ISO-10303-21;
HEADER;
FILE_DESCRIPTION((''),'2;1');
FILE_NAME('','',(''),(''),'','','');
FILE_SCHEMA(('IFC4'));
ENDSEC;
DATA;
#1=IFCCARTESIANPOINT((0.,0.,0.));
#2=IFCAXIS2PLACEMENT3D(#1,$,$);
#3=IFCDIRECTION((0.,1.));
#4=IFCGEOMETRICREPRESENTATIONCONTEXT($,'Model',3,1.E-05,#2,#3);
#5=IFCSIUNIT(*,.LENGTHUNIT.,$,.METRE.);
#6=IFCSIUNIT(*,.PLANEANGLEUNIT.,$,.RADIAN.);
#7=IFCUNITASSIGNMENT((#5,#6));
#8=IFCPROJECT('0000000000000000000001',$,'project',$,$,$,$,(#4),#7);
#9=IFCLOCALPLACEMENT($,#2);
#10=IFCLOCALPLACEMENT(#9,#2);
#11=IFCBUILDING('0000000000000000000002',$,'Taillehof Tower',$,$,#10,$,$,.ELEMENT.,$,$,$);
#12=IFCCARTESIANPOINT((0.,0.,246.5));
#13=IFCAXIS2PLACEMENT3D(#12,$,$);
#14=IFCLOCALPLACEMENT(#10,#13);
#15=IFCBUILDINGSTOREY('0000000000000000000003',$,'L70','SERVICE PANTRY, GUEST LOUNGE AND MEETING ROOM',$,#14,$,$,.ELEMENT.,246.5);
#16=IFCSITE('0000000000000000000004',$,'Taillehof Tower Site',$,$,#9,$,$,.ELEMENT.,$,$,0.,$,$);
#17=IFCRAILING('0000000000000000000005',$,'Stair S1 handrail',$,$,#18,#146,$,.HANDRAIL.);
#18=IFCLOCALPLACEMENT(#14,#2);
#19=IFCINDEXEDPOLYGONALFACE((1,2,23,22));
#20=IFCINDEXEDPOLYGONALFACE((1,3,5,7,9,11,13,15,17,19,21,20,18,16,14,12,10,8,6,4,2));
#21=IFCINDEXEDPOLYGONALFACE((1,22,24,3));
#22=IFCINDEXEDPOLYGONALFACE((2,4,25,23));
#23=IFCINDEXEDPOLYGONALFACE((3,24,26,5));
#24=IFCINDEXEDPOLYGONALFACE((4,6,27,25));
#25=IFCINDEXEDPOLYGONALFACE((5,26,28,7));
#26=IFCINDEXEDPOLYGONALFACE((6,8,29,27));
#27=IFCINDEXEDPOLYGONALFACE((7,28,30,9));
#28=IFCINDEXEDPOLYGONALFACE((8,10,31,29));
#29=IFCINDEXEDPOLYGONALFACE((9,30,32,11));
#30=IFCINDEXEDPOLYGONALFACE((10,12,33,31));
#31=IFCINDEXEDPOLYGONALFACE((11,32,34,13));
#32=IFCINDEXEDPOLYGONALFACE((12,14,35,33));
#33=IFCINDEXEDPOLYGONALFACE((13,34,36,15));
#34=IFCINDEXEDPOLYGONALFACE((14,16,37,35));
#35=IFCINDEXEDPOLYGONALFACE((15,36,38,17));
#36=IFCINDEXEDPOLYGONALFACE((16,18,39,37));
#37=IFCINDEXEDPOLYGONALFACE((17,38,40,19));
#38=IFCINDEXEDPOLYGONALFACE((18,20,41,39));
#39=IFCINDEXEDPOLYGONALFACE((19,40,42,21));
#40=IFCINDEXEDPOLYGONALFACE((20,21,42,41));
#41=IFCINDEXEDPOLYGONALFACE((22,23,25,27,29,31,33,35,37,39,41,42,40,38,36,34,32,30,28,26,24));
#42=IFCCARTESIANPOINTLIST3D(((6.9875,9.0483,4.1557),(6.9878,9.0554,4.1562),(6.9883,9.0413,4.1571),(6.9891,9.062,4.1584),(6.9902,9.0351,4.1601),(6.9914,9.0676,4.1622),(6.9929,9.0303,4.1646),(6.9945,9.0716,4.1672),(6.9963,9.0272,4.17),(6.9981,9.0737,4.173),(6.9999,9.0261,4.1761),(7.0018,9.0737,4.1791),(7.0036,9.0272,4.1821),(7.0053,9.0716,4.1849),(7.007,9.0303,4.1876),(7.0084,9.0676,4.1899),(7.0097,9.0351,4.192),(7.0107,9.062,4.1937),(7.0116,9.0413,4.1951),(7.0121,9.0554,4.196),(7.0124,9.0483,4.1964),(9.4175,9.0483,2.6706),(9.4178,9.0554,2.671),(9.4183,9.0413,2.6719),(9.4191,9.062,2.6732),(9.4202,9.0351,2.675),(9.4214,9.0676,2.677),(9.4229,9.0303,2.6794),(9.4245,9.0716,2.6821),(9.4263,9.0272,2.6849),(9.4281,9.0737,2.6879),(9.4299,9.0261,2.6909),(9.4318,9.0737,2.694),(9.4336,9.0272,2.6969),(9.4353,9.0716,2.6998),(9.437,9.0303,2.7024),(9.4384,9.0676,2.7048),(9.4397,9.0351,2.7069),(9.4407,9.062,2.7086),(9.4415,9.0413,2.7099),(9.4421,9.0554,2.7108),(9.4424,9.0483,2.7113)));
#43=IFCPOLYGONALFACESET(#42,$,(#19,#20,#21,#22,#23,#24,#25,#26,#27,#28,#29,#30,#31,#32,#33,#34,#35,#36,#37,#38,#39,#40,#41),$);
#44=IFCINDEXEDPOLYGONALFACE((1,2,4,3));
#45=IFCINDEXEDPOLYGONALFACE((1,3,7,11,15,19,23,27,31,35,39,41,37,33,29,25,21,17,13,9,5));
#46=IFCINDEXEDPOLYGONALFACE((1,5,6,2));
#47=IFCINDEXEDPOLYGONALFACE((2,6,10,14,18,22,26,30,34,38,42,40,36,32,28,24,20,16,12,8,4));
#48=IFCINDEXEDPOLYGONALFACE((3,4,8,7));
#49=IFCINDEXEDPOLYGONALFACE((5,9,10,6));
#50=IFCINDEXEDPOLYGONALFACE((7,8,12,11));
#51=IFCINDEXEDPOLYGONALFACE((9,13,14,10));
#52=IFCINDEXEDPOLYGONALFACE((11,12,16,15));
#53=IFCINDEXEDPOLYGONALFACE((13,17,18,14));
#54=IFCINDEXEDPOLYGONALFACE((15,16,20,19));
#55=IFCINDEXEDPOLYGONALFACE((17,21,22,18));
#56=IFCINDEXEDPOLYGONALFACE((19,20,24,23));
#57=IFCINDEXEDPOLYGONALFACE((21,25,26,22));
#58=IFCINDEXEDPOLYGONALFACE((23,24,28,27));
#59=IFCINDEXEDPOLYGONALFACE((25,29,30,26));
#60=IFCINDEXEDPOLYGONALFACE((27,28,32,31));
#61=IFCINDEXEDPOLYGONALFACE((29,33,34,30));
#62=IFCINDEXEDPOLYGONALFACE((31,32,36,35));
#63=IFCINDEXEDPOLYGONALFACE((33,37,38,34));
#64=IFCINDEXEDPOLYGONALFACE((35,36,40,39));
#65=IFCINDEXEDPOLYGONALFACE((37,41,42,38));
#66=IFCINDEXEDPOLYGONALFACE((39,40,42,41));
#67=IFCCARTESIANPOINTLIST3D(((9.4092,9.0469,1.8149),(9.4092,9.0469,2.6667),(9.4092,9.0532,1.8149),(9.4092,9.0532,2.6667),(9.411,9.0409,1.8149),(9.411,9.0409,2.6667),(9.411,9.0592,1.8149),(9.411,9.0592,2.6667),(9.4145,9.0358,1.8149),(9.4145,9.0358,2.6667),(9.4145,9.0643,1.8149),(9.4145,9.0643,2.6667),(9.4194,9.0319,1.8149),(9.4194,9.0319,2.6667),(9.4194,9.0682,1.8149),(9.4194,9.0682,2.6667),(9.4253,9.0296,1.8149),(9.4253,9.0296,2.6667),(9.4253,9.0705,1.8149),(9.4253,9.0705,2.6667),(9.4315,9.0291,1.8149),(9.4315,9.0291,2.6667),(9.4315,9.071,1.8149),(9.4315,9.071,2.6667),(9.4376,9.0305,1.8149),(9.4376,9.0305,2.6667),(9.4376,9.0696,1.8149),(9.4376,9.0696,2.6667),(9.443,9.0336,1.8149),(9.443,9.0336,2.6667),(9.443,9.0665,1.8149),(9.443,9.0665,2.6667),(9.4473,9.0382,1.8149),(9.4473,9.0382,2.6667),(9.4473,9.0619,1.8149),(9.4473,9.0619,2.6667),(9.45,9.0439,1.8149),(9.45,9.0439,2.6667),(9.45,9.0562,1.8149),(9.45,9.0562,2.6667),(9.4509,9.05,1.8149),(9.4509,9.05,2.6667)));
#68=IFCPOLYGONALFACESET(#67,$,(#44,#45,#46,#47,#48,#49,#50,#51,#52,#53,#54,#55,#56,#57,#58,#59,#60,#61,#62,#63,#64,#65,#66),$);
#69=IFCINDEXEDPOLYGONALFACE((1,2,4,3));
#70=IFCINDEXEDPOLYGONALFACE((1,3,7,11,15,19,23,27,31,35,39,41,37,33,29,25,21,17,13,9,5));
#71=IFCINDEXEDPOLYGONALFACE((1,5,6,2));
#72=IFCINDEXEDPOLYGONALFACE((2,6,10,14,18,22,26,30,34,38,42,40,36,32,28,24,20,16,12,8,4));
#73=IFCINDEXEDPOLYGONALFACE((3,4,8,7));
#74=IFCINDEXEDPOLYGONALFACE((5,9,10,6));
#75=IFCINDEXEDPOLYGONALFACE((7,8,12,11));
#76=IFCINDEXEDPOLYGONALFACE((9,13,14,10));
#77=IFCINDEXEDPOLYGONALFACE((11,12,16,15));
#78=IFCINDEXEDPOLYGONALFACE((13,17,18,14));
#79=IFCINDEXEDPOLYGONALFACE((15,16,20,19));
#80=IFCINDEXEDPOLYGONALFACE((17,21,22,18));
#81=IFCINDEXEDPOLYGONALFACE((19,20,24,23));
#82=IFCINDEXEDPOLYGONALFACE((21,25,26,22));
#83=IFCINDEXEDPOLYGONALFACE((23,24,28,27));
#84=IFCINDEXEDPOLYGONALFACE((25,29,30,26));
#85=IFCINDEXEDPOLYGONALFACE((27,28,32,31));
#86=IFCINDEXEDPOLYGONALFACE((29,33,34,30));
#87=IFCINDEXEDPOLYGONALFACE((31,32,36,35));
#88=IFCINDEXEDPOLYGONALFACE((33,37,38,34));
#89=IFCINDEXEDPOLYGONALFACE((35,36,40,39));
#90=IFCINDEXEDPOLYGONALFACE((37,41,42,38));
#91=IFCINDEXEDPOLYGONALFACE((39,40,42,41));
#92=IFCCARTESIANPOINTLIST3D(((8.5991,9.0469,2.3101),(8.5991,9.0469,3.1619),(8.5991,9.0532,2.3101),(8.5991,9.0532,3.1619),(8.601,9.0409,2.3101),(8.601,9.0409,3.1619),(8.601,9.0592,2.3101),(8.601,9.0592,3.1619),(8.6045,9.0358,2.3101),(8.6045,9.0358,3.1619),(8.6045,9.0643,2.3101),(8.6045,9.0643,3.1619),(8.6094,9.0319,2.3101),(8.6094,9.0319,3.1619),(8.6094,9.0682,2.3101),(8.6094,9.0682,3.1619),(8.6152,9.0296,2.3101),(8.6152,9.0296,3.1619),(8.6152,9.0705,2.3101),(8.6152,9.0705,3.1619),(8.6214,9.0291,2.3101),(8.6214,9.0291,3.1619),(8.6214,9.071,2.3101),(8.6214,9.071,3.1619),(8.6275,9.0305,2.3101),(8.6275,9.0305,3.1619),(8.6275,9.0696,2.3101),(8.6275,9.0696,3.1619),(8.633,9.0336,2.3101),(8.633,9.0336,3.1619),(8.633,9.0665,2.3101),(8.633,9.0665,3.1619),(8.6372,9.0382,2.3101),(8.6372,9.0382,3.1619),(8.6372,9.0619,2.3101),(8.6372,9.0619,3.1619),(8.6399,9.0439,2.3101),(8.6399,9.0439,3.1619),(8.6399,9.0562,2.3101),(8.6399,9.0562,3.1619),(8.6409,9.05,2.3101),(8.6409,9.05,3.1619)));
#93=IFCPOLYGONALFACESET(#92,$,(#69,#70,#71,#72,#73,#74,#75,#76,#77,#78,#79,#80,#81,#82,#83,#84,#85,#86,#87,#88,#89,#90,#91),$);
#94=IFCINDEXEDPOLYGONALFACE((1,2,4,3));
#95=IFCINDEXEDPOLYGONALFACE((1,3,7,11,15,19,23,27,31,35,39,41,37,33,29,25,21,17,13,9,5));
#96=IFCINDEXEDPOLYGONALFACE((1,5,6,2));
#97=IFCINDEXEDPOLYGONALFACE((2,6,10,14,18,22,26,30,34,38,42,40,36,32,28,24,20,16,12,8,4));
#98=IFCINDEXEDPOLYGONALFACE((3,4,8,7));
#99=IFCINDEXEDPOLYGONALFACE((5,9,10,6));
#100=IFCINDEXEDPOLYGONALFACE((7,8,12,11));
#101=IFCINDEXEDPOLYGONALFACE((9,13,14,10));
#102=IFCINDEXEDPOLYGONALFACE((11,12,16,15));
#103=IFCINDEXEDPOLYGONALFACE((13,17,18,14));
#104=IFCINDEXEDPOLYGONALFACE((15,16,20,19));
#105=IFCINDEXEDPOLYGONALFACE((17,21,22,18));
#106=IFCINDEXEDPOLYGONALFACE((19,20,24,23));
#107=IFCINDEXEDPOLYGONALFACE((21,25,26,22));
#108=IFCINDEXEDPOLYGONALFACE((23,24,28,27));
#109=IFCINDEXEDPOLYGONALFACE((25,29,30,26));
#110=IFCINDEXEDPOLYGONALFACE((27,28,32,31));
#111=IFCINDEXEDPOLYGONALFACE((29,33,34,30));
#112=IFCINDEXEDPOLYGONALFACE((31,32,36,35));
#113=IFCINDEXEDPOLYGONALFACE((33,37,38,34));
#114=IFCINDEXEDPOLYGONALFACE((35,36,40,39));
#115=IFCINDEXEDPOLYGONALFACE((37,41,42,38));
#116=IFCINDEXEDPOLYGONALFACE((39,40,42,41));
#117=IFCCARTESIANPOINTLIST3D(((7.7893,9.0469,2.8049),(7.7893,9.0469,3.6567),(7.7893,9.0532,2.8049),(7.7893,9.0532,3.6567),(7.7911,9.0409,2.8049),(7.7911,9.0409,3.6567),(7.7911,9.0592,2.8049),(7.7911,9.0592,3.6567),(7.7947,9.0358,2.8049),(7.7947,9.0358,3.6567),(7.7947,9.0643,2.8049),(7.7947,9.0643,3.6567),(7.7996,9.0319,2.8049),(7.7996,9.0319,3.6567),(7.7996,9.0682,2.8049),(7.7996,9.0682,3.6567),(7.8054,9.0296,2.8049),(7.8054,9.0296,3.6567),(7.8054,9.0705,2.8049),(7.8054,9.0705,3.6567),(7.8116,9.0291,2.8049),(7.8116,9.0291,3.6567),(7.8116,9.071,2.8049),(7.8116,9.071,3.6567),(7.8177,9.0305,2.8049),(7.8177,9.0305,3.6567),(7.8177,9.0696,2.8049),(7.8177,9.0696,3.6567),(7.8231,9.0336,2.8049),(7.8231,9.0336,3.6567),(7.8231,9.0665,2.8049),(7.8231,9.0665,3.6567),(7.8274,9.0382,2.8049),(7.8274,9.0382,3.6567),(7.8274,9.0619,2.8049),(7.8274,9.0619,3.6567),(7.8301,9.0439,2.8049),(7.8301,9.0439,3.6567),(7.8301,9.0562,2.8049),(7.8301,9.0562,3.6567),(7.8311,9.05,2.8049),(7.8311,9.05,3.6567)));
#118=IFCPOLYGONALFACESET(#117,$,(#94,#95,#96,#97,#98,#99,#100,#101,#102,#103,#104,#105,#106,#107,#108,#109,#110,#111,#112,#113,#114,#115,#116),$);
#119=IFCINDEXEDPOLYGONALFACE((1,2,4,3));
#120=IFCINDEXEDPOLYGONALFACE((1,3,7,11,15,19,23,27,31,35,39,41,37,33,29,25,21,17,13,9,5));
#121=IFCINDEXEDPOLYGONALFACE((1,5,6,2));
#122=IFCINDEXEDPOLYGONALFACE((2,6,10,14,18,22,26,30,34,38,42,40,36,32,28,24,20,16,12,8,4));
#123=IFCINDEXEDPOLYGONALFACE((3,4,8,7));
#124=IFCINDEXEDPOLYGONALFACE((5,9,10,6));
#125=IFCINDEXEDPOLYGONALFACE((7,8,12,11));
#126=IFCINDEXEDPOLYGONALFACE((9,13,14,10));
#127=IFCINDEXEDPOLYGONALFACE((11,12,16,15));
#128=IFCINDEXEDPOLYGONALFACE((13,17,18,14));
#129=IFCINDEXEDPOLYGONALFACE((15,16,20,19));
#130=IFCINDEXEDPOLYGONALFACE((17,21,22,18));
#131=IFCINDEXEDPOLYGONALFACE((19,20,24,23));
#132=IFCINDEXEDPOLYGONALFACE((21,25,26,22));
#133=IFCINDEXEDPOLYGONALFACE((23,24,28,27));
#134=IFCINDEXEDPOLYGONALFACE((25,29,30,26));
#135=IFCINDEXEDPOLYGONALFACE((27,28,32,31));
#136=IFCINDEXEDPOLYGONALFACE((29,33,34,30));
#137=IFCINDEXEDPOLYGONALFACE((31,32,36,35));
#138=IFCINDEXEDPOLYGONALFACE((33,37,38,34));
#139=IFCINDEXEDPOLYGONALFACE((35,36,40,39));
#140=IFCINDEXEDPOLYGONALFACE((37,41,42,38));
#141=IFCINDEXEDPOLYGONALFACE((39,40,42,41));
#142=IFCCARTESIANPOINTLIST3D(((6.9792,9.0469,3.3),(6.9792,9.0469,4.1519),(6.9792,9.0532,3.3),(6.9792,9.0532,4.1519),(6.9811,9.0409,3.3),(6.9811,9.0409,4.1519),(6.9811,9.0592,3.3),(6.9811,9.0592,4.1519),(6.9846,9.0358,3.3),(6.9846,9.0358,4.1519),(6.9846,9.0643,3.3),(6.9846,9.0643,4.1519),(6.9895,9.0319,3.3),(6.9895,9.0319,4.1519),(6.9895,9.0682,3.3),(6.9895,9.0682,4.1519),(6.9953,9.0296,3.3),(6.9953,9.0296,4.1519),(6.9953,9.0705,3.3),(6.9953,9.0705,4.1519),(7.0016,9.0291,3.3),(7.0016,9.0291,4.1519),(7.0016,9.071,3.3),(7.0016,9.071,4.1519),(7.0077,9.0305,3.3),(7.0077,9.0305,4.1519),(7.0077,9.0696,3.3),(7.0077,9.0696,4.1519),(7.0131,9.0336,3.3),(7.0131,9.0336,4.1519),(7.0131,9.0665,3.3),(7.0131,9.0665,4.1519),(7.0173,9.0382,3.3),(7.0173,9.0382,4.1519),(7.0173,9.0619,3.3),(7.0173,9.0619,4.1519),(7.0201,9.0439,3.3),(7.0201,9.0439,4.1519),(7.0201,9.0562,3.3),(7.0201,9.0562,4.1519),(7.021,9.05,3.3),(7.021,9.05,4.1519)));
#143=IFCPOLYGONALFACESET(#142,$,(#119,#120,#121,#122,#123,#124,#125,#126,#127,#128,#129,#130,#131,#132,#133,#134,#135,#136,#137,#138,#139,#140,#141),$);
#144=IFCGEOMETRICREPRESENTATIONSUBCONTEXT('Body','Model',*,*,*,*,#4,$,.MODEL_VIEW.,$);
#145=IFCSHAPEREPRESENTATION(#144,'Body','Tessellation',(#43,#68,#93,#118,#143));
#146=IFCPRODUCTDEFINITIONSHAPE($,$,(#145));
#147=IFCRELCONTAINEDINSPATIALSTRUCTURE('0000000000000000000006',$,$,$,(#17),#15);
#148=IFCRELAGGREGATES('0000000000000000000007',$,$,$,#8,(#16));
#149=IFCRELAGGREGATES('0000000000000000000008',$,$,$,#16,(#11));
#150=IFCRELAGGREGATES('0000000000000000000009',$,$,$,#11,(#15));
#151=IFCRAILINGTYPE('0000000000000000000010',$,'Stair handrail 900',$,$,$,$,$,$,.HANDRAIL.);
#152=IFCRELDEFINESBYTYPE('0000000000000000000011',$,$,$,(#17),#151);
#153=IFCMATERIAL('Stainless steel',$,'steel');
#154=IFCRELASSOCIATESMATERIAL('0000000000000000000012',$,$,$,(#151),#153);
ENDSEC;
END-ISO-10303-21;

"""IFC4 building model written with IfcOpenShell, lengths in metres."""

from ifc_helpers import new_model, si_unit, direction, frame, origin, origin_2d, place, context, subcontext, project, spatial, circle, extrude, material, type_object, element, save


model = new_model("IFC4")

# Units and contexts
model_context = context("Model", 3, precision=1e-05, world=origin(), true_north=direction((0.0, 1.0)))
body_context = subcontext(model_context, "Body", "Model", "MODEL_VIEW")
ifc_project = project(units=[si_unit("LENGTHUNIT", "METRE"), si_unit("PLANEANGLEUNIT", "RADIAN")], contexts=[model_context])

# Site, building, storey
site_placement = place(None, origin())
site = spatial("IfcSite", under=ifc_project, at=site_placement, Name="Taillehof Tower Site", CompositionType="ELEMENT", RefElevation=0.0)
building_placement = place(site_placement, origin())
building = spatial("IfcBuilding", under=site, at=building_placement, Name="Taillehof Tower", CompositionType="ELEMENT")
storey_placement = place(building_placement, frame((0.0, 0.0, 246.5)))
storey = spatial("IfcBuildingStorey", under=building, at=storey_placement, Name="L70", Description="SERVICE PANTRY, GUEST LOUNGE AND MEETING ROOM", CompositionType="ELEMENT", Elevation=246.5)

# Railing
ifc_material_1 = material(Name="Stainless steel", Category="steel")
railing_type = type_object("IfcRailingType", Name="Stair handrail 900", PredefinedType="HANDRAIL", material=ifc_material_1)
railing_placement = place(storey_placement, frame((9.4299, 9.05, 1.8149)))
element("IfcRailing", 1, at=railing_placement, inside=storey, type_object=railing_type, Name="Stair S1 handrail", PredefinedType="HANDRAIL", context=body_context, shape_type="SweptSolid", body=[
    extrude(circle(Radius=0.0239, at=origin_2d()), frame((0.0, 0.0, 0.876), z_axis=(-0.853259, 0.0, 0.521488), x_axis=(0.0, -1.0, 0.0)), (0.0, 0.0, 1.0), 2.8479),
    extrude(circle(Radius=0.021, at=origin_2d()), origin(), (0.0, 0.0, 1.0), 0.8518),
    extrude(circle(Radius=0.021, at=origin_2d()), frame((-0.8101, 0.0, 0.4951)), (0.0, 0.0, 1.0), 0.8518),
    extrude(circle(Radius=0.021, at=origin_2d()), frame((-1.6199, 0.0, 0.99)), (0.0, 0.0, 1.0), 0.8518),
    extrude(circle(Radius=0.021, at=origin_2d()), frame((-2.4299, 0.0, 1.4851)), (0.0, 0.0, 1.0), 0.8518),
])

save(model, "model.ifc")
